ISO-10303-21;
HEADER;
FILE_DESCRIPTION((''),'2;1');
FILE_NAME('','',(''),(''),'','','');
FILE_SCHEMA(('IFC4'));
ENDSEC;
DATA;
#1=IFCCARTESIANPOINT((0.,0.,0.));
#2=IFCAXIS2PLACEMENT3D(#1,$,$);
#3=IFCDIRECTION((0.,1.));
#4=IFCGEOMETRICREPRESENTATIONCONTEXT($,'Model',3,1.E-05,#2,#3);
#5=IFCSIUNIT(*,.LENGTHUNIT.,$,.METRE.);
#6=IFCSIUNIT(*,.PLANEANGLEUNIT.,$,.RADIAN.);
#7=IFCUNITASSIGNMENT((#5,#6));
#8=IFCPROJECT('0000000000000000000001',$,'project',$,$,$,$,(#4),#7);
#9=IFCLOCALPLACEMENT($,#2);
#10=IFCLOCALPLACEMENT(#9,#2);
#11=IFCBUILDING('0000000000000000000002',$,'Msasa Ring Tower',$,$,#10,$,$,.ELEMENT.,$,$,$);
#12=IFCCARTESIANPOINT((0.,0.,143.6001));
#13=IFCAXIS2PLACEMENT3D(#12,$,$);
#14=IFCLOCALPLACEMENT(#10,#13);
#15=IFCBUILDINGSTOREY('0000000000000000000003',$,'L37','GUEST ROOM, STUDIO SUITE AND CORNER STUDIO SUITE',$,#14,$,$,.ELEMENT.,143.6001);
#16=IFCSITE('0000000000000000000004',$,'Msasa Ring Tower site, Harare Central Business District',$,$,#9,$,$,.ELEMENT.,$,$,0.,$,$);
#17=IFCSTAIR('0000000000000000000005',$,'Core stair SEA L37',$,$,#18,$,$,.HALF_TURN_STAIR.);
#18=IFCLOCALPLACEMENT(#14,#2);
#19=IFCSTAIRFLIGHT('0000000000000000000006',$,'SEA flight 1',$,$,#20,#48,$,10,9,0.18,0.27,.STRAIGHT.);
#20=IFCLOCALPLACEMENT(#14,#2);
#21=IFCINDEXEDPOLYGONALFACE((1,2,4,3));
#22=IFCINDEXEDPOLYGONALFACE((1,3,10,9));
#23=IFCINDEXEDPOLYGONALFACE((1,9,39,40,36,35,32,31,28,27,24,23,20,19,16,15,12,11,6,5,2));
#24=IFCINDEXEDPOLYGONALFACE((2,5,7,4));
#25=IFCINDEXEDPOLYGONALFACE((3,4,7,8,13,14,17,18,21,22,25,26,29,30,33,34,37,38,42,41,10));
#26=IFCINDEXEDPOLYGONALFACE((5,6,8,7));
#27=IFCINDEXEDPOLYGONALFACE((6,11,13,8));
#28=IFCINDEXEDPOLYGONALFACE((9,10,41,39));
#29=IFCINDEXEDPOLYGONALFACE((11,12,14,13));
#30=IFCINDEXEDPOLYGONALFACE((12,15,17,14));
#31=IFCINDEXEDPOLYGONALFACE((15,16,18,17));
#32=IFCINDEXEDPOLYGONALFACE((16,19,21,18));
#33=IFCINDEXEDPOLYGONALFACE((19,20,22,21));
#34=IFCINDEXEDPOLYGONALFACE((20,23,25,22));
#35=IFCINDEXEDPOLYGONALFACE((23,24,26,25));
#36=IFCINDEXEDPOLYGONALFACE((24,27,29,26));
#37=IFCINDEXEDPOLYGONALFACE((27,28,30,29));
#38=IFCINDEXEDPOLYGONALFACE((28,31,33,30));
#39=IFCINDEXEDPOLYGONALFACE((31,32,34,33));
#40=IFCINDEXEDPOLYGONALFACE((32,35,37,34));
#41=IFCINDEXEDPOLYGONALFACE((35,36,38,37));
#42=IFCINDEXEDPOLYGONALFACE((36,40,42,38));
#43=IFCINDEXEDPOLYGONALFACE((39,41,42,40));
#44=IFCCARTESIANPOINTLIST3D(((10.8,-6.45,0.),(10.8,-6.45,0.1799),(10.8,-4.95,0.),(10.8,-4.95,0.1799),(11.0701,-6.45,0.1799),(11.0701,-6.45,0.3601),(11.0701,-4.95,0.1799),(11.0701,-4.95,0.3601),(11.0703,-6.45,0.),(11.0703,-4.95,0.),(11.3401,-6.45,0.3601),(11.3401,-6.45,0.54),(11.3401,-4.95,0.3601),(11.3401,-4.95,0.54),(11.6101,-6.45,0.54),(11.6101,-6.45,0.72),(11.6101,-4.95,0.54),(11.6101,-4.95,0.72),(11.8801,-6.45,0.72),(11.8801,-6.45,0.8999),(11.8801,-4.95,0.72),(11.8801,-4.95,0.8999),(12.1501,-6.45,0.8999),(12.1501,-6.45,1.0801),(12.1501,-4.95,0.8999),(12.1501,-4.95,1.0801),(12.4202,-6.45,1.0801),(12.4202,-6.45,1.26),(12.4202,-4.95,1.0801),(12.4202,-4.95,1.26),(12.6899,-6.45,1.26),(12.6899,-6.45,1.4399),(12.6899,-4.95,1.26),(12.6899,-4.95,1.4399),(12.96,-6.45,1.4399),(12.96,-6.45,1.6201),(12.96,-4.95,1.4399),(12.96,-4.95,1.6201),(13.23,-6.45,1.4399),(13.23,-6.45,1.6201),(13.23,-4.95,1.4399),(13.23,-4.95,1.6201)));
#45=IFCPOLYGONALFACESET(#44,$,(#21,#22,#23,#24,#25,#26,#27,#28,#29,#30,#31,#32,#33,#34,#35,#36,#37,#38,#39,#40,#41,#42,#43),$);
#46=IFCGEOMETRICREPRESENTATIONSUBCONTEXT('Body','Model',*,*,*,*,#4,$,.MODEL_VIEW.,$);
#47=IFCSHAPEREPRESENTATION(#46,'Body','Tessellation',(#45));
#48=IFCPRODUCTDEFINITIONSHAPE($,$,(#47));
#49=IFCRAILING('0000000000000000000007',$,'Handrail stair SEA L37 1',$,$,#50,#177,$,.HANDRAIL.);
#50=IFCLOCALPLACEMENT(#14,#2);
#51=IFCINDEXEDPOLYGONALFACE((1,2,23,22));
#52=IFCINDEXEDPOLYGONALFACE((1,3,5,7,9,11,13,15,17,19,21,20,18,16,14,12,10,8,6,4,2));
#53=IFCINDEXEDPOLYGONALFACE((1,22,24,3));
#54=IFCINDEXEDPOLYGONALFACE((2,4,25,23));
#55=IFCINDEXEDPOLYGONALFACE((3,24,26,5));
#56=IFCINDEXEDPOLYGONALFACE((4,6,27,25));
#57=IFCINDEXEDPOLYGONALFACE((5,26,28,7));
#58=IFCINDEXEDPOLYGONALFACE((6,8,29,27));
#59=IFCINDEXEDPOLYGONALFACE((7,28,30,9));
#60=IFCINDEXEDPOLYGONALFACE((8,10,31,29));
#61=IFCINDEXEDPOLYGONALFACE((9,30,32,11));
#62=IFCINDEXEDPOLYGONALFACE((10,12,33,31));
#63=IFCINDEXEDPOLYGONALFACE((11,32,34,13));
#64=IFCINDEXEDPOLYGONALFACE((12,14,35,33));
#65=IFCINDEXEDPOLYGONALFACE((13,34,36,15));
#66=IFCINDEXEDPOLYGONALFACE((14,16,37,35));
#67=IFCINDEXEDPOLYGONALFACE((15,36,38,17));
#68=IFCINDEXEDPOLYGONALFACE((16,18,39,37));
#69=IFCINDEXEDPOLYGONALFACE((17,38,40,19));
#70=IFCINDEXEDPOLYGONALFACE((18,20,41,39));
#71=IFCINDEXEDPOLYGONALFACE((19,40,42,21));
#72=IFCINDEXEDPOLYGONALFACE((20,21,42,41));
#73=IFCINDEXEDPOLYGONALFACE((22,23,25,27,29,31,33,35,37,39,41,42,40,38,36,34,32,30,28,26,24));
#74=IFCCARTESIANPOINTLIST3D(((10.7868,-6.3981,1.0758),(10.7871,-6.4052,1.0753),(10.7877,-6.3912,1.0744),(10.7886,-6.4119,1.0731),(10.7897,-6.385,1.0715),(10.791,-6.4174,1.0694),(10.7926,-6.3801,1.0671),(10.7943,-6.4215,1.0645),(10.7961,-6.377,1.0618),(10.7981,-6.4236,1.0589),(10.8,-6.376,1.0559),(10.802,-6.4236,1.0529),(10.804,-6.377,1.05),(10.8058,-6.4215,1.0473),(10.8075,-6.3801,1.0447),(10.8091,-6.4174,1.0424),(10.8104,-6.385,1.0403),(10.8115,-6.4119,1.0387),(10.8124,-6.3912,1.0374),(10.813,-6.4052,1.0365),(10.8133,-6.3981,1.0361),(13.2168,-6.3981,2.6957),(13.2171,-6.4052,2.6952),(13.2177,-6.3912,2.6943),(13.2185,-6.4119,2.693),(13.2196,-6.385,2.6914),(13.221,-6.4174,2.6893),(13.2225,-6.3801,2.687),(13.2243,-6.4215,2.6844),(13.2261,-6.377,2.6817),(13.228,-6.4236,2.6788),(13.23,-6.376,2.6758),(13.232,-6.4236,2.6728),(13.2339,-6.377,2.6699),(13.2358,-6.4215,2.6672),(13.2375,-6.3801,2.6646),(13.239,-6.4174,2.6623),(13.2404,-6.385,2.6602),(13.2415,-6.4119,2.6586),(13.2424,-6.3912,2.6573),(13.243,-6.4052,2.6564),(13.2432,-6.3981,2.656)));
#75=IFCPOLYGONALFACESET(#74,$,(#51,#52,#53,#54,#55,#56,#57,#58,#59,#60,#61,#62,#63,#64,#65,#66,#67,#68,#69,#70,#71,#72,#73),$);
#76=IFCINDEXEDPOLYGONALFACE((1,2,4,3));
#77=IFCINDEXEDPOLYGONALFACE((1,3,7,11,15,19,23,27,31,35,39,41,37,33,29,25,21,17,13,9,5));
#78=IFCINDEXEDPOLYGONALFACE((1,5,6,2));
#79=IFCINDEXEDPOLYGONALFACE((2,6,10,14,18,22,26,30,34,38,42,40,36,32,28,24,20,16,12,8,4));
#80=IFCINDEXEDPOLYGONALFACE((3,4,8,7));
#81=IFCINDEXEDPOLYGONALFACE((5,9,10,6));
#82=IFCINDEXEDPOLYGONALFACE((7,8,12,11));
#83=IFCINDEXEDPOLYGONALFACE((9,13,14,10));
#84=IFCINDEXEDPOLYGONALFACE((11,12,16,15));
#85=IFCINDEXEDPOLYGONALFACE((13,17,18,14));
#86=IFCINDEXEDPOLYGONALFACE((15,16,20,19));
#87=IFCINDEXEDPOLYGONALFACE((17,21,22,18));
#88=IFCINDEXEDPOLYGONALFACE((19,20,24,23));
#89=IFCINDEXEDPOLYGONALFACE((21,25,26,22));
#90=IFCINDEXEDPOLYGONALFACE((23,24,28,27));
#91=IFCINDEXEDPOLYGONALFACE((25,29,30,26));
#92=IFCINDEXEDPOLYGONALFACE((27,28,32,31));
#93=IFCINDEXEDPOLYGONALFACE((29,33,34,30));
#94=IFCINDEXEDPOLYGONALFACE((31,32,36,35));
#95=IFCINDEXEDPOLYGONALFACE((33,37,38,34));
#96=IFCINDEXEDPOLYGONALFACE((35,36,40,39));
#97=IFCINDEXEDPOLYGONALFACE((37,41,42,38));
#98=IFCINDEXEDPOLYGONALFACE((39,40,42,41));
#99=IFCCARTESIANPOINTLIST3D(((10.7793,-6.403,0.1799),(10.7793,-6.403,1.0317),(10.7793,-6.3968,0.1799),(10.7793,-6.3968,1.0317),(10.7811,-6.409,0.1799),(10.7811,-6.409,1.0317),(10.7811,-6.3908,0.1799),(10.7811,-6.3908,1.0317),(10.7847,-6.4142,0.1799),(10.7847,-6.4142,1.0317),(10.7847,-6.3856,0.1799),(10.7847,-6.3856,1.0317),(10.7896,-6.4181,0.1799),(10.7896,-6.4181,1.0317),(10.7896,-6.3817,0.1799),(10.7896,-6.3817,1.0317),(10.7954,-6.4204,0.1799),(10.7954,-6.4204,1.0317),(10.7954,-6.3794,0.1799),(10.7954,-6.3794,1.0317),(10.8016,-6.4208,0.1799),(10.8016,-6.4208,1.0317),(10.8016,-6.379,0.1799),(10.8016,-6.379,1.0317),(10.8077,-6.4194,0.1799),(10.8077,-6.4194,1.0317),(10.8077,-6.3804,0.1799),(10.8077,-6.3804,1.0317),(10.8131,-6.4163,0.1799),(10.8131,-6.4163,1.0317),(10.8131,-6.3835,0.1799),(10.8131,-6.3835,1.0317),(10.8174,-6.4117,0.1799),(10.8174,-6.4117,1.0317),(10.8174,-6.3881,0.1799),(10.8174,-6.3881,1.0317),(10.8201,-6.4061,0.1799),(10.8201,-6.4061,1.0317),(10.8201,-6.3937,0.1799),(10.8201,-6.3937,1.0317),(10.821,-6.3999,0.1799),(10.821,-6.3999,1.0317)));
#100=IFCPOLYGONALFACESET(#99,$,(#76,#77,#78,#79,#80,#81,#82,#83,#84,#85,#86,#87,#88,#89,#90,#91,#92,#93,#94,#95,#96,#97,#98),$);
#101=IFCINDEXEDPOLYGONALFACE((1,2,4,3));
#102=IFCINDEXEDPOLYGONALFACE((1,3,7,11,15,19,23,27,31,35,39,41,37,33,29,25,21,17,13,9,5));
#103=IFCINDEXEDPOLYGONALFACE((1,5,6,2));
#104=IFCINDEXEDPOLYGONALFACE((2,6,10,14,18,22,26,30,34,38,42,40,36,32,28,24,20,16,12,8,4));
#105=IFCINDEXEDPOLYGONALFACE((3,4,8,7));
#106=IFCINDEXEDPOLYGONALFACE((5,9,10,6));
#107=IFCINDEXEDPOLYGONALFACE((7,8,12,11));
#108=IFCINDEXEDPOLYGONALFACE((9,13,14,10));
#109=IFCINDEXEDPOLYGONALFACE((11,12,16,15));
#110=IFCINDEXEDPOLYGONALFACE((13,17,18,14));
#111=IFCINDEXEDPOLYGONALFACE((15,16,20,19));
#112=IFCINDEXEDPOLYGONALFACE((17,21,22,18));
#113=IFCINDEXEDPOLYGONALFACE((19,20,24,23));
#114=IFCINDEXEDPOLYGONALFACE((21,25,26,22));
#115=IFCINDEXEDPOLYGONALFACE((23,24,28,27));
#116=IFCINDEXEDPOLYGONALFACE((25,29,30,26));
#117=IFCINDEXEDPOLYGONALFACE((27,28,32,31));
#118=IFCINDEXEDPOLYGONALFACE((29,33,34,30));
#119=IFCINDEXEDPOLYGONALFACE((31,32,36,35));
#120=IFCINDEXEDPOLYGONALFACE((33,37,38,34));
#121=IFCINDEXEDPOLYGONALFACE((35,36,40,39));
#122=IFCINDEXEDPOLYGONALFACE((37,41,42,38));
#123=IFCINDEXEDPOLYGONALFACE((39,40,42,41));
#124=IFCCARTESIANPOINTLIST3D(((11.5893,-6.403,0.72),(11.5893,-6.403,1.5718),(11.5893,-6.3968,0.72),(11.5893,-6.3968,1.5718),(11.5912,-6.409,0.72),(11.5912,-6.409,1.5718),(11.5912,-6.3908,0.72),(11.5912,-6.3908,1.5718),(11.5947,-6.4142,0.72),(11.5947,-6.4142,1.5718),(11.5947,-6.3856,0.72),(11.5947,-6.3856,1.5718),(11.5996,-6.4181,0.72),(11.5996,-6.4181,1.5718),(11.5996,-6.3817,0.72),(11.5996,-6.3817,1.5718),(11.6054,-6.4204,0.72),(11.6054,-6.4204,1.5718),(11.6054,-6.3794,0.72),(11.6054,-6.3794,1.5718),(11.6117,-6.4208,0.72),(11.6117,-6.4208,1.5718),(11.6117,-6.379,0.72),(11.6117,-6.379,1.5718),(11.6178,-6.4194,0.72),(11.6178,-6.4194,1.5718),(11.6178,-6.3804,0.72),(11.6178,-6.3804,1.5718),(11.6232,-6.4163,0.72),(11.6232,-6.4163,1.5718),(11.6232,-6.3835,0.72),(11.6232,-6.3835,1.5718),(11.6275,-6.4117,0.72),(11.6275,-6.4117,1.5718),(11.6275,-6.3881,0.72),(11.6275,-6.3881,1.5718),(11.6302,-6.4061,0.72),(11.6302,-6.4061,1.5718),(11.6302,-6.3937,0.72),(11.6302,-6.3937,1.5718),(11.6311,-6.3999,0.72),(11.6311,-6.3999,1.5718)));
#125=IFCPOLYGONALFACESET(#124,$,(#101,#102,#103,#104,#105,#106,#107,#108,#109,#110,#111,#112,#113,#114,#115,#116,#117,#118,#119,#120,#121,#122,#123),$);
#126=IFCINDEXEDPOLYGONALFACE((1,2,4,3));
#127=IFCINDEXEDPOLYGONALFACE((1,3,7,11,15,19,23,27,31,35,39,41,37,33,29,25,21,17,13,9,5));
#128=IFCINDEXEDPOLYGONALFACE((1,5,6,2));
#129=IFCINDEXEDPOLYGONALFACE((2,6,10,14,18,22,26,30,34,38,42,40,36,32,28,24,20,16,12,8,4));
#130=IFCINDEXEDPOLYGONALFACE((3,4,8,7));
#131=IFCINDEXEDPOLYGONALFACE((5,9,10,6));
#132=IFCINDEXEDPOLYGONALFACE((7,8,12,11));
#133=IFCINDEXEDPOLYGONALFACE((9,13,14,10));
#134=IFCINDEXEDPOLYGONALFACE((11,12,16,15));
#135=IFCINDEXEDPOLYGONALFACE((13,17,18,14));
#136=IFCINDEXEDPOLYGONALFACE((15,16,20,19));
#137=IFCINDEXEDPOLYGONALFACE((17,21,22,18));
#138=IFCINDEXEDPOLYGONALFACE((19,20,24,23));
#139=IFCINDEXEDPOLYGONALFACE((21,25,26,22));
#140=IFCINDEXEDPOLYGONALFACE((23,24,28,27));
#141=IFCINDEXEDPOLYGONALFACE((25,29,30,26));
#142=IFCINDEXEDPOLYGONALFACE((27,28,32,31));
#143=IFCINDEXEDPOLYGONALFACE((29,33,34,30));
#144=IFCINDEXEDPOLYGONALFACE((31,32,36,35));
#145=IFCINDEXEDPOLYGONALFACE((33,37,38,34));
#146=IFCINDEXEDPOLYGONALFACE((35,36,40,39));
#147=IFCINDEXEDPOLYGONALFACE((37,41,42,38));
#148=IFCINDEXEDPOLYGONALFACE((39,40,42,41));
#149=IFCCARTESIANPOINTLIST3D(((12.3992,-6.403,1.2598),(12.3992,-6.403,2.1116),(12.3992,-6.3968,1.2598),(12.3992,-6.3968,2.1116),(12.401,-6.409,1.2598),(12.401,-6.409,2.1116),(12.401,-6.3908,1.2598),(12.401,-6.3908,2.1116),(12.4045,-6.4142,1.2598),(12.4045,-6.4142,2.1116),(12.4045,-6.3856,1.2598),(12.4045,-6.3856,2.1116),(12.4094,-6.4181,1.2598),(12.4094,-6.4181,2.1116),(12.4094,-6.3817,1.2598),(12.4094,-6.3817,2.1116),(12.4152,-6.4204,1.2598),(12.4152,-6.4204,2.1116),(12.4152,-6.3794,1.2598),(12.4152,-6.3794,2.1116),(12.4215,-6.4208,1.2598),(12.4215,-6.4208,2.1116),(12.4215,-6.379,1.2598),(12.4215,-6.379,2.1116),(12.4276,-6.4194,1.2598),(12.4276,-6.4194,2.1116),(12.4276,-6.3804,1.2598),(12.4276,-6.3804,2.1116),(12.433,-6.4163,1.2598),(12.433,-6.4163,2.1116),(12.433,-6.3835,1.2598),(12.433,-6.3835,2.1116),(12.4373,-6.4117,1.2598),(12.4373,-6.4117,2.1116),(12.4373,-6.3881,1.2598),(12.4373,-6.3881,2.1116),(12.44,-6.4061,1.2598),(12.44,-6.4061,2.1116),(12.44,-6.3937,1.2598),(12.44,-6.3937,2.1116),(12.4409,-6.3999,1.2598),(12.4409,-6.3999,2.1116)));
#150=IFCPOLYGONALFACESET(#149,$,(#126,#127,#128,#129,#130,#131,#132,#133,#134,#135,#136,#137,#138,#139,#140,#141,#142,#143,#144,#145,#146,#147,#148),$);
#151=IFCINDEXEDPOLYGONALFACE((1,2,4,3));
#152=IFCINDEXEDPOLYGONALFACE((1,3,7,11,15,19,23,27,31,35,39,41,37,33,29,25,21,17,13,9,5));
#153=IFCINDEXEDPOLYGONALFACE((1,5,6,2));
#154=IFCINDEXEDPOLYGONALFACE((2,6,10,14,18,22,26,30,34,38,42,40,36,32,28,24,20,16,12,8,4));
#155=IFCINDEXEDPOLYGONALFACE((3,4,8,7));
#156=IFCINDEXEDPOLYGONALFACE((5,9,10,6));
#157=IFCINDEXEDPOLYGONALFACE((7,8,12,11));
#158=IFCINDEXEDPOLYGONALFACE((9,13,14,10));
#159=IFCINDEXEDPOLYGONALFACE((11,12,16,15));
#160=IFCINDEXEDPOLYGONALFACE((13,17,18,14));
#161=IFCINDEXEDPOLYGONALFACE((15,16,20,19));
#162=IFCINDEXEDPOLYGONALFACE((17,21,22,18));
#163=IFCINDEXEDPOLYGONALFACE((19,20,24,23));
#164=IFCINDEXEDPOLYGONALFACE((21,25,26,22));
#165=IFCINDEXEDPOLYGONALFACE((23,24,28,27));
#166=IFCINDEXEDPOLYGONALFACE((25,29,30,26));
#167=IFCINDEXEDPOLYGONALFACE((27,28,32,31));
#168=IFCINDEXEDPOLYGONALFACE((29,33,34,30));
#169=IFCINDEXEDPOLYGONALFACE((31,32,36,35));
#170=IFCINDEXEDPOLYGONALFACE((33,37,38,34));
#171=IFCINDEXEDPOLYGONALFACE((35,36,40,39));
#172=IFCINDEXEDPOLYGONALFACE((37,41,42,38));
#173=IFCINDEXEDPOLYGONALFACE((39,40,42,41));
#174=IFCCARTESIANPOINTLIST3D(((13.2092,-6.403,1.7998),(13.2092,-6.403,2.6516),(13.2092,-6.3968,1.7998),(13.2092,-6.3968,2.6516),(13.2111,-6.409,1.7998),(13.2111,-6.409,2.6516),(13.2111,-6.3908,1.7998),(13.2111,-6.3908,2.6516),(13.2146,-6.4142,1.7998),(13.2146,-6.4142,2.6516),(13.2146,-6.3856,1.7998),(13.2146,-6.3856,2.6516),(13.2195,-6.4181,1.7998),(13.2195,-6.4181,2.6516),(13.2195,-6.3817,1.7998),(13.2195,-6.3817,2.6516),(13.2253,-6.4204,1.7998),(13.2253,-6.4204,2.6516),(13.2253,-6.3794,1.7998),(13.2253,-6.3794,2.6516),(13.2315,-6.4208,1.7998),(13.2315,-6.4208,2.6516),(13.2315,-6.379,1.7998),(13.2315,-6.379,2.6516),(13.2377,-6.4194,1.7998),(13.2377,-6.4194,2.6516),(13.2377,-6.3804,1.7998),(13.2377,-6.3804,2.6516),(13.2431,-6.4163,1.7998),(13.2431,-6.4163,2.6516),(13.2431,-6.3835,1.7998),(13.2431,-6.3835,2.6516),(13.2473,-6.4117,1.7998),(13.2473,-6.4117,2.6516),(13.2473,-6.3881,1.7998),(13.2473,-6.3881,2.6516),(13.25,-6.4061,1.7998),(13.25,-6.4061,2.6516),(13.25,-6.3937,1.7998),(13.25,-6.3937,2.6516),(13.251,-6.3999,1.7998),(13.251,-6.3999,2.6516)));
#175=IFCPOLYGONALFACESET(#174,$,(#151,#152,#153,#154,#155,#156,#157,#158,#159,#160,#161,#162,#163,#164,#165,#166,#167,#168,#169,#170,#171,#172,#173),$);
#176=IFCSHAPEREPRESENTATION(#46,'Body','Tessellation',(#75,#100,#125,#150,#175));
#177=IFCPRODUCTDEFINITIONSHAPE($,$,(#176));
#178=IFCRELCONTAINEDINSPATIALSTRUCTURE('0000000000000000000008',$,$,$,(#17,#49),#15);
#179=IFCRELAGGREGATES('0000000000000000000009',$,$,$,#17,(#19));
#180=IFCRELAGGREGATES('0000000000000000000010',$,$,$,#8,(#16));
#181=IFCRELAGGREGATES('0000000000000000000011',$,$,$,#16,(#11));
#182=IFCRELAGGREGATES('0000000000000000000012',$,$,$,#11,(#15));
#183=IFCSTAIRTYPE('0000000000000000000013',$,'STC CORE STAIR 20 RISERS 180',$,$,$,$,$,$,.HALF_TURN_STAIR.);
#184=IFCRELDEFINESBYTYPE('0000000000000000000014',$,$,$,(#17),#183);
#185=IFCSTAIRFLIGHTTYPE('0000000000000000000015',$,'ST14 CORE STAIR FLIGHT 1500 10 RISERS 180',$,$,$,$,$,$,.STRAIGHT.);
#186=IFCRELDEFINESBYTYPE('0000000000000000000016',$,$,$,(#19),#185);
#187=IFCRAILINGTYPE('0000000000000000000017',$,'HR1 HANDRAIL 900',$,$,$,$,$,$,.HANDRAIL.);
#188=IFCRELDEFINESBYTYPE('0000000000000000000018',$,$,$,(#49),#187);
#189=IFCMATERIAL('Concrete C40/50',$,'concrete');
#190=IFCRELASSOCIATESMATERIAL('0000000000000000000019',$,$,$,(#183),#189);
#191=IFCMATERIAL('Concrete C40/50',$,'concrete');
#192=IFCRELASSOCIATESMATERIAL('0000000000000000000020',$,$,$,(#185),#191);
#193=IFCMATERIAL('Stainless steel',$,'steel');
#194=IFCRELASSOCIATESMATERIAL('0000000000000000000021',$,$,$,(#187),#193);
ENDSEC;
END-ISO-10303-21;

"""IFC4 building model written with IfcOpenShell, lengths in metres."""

from ifc_helpers import new_model, si_unit, direction, frame, origin, origin_2d, place, context, subcontext, project, spatial, polyline, circle, outline, extrude, material, type_object, element, aggregate, save


model = new_model("IFC4")

# Units and contexts
model_context = context("Model", 3, precision=1e-05, world=origin(), true_north=direction((0.0, 1.0)))
body_context = subcontext(model_context, "Body", "Model", "MODEL_VIEW")
ifc_project = project(units=[si_unit("LENGTHUNIT", "METRE"), si_unit("PLANEANGLEUNIT", "RADIAN")], contexts=[model_context])

# Site, building, storey
site_placement = place(None, origin())
site = spatial("IfcSite", under=ifc_project, at=site_placement, Name="Msasa Ring Tower site, Harare Central Business District", CompositionType="ELEMENT", RefElevation=0.0)
building_placement = place(site_placement, origin())
building = spatial("IfcBuilding", under=site, at=building_placement, Name="Msasa Ring Tower", CompositionType="ELEMENT")
storey_placement = place(building_placement, frame((0.0, 0.0, 143.6001)))
storey = spatial("IfcBuildingStorey", under=building, at=storey_placement, Name="L37", Description="GUEST ROOM, STUDIO SUITE AND CORNER STUDIO SUITE", CompositionType="ELEMENT", Elevation=143.6001)

# Stair
ifc_material_1 = material(Name="Concrete C40/50", Category="concrete")
stair_type = type_object("IfcStairType", Name="STC CORE STAIR 20 RISERS 180", PredefinedType="HALF_TURN_STAIR", material=ifc_material_1)
stair_1_placement = place(storey_placement, origin())
stair_1 = element("IfcStair", 1, at=stair_1_placement, inside=storey, type_object=stair_type, Name="Core stair SEA L37", PredefinedType="HALF_TURN_STAIR")

# Stair flight
ifc_material_2 = material(Name="Concrete C40/50", Category="concrete")
stair_flight_type = type_object("IfcStairFlightType", Name="ST14 CORE STAIR FLIGHT 1500 10 RISERS 180", PredefinedType="STRAIGHT", material=ifc_material_2)
stair_flight_placement = place(storey_placement, frame((10.8, -5.7, 0.0), z_axis=(0.0, 0.0, 1.0), x_axis=(1.0, 0.0, 0.0)))
stair_flight = element("IfcStairFlight", 2, at=stair_flight_placement, type_object=stair_flight_type, Name="SEA flight 1", NumberOfRisers=10, NumberOfTreads=9, PredefinedType="STRAIGHT", RiserHeight=0.18, TreadLength=0.27, context=body_context, shape_type="SweptSolid", body=[
    extrude(outline(polyline([(0.0, 0.0), (0.0, 0.1799), (0.27, 0.1799), (0.27, 0.3601), (0.54, 0.3601), (0.54, 0.54), (0.8101, 0.54), (0.8101, 0.72), (1.0801, 0.72), (1.0801, 0.8999), (1.3501, 0.8999), (1.3501, 1.0801), (1.6201, 1.0801), (1.6201, 1.26), (1.8899, 1.26), (1.8899, 1.4399), (2.1599, 1.4399), (2.1599, 1.6201), (2.4299, 1.6201), (2.4299, 1.8), (2.4299, 1.4399), (0.2703, 0.0), (0.0, 0.0)])), frame((0.0, 0.75, 0.0), z_axis=(0.0, -1.0, 0.0), x_axis=(1.0, 0.0, 0.0)), (0.0, 0.0, 1.0), 1.5),
])
aggregate(stair_1, [stair_flight])

# Railing
ifc_material_3 = material(Name="Stainless steel", Category="steel")
railing_type = type_object("IfcRailingType", Name="HR1 HANDRAIL 900", PredefinedType="HANDRAIL", material=ifc_material_3)
for number, where, name in (
    (3, (10.8, -6.3999, 0.1799), "Handrail stair SEA L37 1"),
):
    element("IfcRailing", number, at=place(storey_placement, frame(where)), inside=storey, type_object=railing_type, Name=name, PredefinedType="HANDRAIL", context=body_context, shape_type="SweptSolid", body=[
        extrude(circle(Radius=0.0239, at=origin_2d()), frame((0.0, 0.0, 0.876), z_axis=(0.832063, 0.0, 0.554681), x_axis=(0.0, 1.0, 0.0)), (0.0, 0.0, 1.0), 2.9204),
        extrude(circle(Radius=0.021, at=origin_2d()), origin(), (0.0, 0.0, 1.0), 0.8518),
        extrude(circle(Radius=0.021, at=origin_2d()), frame((0.8101, 0.0, 0.54)), (0.0, 0.0, 1.0), 0.8518),
        extrude(circle(Radius=0.021, at=origin_2d()), frame((1.6199, 0.0, 1.0798)), (0.0, 0.0, 1.0), 0.8518),
        extrude(circle(Radius=0.021, at=origin_2d()), frame((2.4299, 0.0, 1.6199)), (0.0, 0.0, 1.0), 0.8518),
    ])

save(model, "model.ifc")
